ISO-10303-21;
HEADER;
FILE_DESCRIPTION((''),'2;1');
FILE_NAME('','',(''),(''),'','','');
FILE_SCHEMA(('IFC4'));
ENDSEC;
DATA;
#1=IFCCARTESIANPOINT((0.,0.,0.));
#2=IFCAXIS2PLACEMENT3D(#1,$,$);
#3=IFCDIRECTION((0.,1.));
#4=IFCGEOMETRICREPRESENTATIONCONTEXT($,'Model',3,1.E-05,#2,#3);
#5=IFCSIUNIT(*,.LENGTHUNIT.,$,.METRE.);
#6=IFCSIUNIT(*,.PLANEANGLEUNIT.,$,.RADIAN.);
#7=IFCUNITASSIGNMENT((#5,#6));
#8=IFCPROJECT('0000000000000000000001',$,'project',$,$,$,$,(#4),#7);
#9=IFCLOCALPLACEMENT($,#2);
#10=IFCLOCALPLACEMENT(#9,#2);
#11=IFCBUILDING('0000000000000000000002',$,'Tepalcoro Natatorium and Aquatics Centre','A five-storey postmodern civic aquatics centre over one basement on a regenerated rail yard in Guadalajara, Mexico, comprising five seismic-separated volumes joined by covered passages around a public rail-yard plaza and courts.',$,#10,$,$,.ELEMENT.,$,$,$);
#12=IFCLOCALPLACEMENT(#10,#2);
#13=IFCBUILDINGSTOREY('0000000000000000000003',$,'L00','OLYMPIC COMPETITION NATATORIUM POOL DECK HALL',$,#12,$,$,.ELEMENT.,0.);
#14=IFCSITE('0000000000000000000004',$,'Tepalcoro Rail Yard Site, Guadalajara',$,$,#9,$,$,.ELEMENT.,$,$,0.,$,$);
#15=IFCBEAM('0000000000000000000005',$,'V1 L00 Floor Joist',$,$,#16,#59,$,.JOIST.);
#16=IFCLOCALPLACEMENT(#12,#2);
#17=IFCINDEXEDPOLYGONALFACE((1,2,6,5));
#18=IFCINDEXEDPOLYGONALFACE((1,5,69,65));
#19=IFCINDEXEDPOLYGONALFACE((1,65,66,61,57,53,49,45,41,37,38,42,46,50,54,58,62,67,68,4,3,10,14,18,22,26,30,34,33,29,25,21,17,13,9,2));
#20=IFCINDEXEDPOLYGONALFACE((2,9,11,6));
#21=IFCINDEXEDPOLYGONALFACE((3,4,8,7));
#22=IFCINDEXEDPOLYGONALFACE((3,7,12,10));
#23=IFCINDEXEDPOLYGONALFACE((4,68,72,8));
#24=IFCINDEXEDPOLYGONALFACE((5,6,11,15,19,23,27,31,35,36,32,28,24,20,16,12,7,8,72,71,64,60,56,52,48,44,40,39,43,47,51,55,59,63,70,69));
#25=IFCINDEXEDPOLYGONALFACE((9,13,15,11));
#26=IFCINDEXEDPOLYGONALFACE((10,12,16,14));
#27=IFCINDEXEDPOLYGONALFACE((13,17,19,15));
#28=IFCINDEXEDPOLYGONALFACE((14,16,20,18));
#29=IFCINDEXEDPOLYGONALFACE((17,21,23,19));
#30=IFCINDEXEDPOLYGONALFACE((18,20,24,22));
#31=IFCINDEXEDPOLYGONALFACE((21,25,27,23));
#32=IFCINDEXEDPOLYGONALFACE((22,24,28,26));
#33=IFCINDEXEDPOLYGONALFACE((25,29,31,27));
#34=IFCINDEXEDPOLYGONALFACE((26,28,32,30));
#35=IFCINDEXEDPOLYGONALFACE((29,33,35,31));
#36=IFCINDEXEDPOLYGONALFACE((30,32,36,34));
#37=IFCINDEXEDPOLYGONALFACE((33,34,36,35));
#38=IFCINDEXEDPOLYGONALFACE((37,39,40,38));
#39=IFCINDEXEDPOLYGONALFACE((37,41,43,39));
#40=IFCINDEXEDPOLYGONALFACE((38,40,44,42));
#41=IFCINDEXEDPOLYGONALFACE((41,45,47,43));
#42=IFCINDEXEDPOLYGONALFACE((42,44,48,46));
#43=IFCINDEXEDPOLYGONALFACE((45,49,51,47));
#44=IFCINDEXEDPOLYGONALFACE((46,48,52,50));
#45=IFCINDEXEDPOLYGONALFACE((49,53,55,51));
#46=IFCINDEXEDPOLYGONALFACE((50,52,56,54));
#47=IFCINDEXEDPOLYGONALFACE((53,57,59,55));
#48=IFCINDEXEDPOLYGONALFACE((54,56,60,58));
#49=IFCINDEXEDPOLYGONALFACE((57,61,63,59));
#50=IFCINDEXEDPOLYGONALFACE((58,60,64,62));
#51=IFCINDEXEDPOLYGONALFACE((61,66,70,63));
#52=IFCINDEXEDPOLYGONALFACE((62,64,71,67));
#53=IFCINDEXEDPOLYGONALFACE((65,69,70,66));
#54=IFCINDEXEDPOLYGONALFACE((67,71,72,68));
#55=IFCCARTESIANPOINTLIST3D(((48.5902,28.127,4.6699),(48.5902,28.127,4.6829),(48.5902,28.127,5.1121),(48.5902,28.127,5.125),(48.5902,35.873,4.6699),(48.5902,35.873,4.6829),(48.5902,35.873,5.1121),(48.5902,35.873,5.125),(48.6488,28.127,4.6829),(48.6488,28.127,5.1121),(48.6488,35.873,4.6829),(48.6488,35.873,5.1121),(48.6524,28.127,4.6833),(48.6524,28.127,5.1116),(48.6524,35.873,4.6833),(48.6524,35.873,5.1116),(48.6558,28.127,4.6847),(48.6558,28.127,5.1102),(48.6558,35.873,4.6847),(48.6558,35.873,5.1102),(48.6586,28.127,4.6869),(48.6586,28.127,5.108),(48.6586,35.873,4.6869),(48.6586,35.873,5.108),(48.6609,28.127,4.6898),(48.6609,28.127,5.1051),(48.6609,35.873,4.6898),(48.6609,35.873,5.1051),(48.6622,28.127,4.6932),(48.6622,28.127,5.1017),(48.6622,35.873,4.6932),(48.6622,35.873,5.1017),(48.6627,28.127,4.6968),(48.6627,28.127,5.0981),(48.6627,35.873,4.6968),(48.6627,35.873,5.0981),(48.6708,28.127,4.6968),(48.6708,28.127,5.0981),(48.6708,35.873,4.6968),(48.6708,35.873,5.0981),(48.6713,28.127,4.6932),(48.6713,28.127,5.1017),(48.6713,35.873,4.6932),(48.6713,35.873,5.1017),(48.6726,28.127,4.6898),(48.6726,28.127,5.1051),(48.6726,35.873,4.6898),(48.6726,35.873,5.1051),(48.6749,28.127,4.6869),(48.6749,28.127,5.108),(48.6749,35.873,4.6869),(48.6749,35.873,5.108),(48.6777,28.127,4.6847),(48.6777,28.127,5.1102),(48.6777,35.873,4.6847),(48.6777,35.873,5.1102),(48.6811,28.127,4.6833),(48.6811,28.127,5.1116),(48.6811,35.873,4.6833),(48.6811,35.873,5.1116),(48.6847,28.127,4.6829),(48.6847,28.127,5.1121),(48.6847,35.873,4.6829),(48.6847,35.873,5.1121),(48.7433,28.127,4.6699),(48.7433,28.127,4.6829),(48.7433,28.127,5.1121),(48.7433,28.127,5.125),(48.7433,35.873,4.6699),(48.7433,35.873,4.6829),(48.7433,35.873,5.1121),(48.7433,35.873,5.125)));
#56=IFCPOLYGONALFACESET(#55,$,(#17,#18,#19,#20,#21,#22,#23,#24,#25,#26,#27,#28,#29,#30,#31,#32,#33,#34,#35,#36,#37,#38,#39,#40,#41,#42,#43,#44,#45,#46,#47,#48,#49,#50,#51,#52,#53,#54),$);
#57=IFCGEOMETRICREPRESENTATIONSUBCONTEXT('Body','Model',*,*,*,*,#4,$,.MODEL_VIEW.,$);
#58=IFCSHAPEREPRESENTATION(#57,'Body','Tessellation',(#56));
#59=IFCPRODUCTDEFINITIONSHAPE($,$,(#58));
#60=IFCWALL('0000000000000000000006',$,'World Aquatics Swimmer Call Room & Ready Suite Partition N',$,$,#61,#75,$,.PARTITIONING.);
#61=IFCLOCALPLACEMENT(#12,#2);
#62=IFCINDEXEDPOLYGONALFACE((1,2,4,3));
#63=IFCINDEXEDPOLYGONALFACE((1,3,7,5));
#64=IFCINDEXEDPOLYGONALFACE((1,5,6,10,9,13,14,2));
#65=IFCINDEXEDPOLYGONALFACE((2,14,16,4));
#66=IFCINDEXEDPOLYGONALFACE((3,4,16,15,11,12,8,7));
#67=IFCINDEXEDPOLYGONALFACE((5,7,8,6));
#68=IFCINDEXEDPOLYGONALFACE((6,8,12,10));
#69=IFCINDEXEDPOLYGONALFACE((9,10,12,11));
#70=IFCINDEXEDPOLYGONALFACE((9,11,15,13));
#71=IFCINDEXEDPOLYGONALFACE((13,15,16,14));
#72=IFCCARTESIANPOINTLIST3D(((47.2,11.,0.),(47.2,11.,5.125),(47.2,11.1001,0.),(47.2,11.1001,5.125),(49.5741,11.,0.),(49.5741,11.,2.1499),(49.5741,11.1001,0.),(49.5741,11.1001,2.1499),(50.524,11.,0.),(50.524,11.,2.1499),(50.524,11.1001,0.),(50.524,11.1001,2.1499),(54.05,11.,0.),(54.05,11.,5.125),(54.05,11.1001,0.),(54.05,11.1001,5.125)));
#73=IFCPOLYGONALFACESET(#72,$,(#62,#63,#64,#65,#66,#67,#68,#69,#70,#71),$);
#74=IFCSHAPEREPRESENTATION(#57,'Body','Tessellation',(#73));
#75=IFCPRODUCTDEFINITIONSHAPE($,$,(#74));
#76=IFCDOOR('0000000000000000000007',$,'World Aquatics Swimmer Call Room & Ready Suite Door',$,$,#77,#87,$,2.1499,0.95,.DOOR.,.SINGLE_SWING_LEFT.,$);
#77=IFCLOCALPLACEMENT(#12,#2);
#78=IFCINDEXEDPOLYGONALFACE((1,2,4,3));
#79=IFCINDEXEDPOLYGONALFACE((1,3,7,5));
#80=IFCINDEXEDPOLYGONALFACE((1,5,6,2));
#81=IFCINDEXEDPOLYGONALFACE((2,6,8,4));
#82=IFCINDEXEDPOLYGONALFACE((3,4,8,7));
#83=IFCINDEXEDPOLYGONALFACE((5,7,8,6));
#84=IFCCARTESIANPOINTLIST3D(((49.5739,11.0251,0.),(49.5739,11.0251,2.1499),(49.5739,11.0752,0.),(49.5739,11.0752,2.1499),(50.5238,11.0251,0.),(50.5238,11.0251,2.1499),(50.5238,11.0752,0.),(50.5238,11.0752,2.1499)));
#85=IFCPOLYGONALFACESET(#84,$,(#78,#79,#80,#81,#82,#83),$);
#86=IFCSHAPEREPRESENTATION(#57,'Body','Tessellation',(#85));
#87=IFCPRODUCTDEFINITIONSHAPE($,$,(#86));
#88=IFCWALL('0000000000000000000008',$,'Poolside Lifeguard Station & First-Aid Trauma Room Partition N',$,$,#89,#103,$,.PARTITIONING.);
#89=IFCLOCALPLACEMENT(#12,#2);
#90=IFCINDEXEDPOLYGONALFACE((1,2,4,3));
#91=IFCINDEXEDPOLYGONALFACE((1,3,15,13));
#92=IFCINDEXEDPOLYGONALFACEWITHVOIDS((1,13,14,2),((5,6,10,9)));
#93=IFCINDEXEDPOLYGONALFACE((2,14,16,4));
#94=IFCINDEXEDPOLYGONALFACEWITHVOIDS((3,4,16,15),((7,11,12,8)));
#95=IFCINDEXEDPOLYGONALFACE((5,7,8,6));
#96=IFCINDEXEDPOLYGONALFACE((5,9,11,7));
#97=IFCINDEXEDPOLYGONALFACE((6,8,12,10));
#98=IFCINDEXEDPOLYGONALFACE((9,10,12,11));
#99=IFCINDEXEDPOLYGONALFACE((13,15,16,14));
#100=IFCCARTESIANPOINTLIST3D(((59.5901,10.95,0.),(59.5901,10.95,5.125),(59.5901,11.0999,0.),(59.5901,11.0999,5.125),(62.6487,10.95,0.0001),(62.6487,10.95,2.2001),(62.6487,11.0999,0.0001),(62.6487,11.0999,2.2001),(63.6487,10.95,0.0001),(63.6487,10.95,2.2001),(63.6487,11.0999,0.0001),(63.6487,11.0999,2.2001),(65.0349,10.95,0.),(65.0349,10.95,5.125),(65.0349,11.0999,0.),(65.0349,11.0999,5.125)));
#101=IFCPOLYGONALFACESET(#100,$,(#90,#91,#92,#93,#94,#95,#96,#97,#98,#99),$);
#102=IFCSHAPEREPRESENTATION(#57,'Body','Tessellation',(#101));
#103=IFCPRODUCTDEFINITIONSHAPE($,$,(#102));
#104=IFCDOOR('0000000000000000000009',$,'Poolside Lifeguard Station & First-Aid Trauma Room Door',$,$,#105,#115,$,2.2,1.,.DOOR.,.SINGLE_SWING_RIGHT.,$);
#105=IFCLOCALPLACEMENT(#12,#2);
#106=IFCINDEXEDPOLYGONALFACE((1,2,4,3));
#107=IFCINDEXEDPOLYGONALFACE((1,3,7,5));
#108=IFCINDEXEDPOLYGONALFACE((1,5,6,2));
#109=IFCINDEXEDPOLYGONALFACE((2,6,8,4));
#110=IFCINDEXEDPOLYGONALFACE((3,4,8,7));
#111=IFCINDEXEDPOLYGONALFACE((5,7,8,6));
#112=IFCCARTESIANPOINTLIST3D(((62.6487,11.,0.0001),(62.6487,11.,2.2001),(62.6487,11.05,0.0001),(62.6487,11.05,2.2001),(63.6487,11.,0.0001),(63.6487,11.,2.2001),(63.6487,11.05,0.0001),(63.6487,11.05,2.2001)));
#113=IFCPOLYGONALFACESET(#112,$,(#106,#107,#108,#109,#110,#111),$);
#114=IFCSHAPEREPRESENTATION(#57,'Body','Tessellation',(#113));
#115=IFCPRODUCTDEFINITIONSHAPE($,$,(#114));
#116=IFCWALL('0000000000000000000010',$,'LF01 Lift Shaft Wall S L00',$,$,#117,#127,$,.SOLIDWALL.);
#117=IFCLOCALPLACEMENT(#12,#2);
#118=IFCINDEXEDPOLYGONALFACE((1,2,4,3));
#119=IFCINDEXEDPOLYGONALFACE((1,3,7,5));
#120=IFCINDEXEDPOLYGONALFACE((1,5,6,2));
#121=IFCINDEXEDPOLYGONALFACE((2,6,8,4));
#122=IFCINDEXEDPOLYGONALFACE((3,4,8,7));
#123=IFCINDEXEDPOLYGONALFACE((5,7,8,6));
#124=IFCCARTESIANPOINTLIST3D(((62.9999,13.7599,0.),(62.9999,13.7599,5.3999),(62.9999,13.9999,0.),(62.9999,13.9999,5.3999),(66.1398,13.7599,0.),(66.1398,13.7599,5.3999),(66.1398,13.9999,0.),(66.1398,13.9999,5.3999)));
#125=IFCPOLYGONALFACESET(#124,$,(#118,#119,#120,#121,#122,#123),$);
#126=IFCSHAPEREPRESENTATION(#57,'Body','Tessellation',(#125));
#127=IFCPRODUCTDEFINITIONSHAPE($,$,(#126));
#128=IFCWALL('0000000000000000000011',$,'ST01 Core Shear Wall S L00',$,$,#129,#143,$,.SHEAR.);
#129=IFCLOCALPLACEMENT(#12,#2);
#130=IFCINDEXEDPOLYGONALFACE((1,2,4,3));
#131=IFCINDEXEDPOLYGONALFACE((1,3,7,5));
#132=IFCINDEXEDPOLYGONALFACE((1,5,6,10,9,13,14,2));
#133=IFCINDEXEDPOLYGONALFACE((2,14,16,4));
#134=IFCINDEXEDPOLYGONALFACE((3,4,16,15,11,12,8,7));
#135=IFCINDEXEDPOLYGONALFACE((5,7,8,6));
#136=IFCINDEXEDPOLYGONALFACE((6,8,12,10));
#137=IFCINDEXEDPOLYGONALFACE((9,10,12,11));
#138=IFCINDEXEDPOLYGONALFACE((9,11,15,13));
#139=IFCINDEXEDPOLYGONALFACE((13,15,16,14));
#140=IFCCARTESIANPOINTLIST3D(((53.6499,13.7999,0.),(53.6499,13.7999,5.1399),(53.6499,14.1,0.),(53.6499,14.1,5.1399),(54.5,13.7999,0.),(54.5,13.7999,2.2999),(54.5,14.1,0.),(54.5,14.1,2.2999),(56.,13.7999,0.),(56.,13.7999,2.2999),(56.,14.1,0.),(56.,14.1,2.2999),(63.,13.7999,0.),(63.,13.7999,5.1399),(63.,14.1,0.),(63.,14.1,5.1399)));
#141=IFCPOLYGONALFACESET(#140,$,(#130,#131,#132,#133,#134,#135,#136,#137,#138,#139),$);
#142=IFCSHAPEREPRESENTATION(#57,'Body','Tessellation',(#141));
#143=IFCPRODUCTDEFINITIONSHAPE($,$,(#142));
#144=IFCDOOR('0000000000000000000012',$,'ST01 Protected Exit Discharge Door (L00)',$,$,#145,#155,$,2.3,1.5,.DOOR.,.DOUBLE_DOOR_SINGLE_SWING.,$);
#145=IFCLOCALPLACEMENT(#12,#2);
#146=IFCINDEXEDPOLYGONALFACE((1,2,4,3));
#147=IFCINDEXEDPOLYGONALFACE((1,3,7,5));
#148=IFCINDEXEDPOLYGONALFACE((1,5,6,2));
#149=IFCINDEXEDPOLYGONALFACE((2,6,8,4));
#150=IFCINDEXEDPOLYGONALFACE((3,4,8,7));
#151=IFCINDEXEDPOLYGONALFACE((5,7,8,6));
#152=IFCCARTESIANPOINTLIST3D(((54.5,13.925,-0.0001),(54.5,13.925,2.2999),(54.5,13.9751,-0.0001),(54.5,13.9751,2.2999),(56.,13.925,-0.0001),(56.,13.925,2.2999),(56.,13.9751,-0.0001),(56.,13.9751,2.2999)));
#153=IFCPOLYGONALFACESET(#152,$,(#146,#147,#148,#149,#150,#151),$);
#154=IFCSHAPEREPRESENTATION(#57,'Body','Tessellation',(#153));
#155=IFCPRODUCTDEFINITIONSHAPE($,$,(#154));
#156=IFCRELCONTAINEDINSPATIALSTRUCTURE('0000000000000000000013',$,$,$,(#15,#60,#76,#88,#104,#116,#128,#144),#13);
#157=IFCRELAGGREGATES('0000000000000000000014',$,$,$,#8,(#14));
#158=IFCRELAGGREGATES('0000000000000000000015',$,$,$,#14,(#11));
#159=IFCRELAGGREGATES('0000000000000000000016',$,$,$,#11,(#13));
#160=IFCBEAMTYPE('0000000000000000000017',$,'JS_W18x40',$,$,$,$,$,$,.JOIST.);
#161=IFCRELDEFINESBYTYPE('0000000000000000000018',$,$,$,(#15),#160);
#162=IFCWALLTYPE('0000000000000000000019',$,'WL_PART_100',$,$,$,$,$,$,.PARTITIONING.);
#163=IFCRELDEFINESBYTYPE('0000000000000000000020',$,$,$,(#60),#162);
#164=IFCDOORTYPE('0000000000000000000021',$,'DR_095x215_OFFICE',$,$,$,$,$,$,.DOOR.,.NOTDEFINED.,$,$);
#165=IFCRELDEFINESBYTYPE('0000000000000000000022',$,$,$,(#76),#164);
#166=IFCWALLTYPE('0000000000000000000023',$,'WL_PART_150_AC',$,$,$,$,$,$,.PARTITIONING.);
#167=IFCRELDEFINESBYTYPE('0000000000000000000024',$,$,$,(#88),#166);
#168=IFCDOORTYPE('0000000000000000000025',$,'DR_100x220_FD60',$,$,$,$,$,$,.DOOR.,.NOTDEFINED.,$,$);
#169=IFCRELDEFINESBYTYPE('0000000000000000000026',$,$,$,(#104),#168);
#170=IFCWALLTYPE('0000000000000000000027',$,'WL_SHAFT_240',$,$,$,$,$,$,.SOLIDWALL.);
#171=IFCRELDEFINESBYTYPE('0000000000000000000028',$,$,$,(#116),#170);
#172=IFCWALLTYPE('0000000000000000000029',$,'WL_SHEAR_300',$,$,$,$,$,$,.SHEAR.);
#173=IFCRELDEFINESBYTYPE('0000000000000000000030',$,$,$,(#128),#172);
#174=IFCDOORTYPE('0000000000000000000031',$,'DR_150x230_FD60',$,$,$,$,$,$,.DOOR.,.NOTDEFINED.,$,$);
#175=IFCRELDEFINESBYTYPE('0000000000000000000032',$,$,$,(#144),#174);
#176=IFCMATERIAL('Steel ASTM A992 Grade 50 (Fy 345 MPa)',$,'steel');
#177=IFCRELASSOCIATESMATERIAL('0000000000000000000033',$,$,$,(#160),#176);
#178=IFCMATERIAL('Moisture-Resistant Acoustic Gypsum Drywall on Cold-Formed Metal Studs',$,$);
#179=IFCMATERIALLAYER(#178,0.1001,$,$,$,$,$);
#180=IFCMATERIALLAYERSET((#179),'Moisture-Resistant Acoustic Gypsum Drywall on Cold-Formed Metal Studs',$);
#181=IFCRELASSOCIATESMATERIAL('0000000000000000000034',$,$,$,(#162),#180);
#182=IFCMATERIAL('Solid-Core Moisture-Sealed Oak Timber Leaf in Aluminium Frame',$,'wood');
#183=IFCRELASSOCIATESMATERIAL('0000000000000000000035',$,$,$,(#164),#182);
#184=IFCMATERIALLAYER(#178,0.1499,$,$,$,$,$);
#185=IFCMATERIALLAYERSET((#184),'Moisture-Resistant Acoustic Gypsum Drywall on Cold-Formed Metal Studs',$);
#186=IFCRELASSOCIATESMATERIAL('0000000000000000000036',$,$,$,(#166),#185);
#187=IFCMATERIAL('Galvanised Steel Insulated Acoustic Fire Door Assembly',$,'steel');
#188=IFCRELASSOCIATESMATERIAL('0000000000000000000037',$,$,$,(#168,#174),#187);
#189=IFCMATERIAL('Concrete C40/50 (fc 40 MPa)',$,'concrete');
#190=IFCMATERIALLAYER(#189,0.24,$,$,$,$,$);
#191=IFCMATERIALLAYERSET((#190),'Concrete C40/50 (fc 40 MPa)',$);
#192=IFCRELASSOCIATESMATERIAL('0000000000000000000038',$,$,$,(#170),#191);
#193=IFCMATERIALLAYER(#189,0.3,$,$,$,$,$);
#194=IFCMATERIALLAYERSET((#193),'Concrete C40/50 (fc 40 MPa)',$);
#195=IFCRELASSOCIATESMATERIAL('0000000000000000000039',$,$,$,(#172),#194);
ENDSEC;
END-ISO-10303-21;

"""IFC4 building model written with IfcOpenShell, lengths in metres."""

from ifc_helpers import new_model, si_unit, direction, frame, frame_2d, origin, origin_2d, place, context, subcontext, project, spatial, rectangle, i_section, extrude, material, layer, layer_set, material_profile, profile_set, type_object, element, fill, save


model = new_model("IFC4")

# Units and contexts
model_context = context("Model", 3, precision=1e-05, world=origin(), true_north=direction((0.0, 1.0)))
body_context = subcontext(model_context, "Body", "Model", "MODEL_VIEW")
ifc_project = project(units=[si_unit("LENGTHUNIT", "METRE"), si_unit("PLANEANGLEUNIT", "RADIAN")], contexts=[model_context])

# Site, building, storey
site_placement = place(None, origin())
site = spatial("IfcSite", under=ifc_project, at=site_placement, Name="Tepalcoro Rail Yard Site, Guadalajara", CompositionType="ELEMENT", RefElevation=0.0)
building_placement = place(site_placement, origin())
building = spatial("IfcBuilding", under=site, at=building_placement, Name="Tepalcoro Natatorium and Aquatics Centre", Description="A five-storey postmodern civic aquatics centre over one basement on a regenerated rail yard in Guadalajara, Mexico, comprising five seismic-separated volumes joined by covered passages around a public rail-yard plaza and courts.", CompositionType="ELEMENT")
storey_placement = place(building_placement, origin())
storey = spatial("IfcBuildingStorey", under=building, at=storey_placement, Name="L00", Description="OLYMPIC COMPETITION NATATORIUM POOL DECK HALL", CompositionType="ELEMENT", Elevation=0.0)

# Shared definitions
ifc_material_1 = material(Name="Concrete C40/50 (fc 40 MPa)", Category="concrete")

# Beam
ifc_material_2 = material(Name="Steel ASTM A992 Grade 50 (Fy 345 MPa)", Category="steel")
ifc_material_profile_1 = material_profile(ifc_material_2, i_section(OverallWidth=0.1531, OverallDepth=0.4551, WebThickness=0.0081, FlangeThickness=0.0129, FilletRadius=0.0139, at=origin_2d()), Name="W18X40")
ifc_profile_set_1 = profile_set([ifc_material_profile_1], Name="Steel ASTM A992 Grade 50 (Fy 345 MPa)")
beam_type_1 = type_object("IfcBeamType", Name="JS_W18x40", PredefinedType="JOIST", material=ifc_profile_set_1)
beam_1_placement = place(storey_placement, frame((48.6667, 28.127, 4.8975), z_axis=(0.0, 1.0, 0.0), x_axis=(-1.0, 0.0, 0.0)))
element("IfcBeam", 1, at=beam_1_placement, inside=storey, type_object=beam_type_1, Name="V1 L00 Floor Joist", PredefinedType="JOIST", context=body_context, shape_type="SweptSolid", body=[
    extrude(i_section(OverallWidth=0.1531, OverallDepth=0.4551, WebThickness=0.0081, FlangeThickness=0.0129, FilletRadius=0.0139, at=origin_2d()), origin(), (0.0, 0.0, 1.0), 7.7461),
])

# Walls, openings, doors
ifc_material_3 = material(Name="Moisture-Resistant Acoustic Gypsum Drywall on Cold-Formed Metal Studs")
ifc_layer_1 = layer(ifc_material_3, 0.1001)
ifc_layer_set_1 = layer_set([ifc_layer_1], Name="Moisture-Resistant Acoustic Gypsum Drywall on Cold-Formed Metal Studs")
wall_type_1 = type_object("IfcWallType", Name="WL_PART_100", PredefinedType="PARTITIONING", material=ifc_layer_set_1)
wall_1_placement = place(storey_placement, frame((47.2, 11.05, 0.0), z_axis=(0.0, 0.0, 1.0), x_axis=(1.0, 0.0, 0.0)))
wall_1 = element("IfcWall", 2, at=wall_1_placement, inside=storey, type_object=wall_type_1, Name="World Aquatics Swimmer Call Room & Ready Suite Partition N", PredefinedType="PARTITIONING", context=body_context, shape_type="SweptSolid", body=[
    extrude(rectangle(XDim=6.8501, YDim=0.1001, at=frame_2d((3.425, 0.0))), origin(), (0.0, 0.0, 1.0), 5.125),
])
opening_1_placement = place(wall_1_placement, frame((2.374, 0.0, 0.0)))
opening_1 = element("IfcOpeningElement", 3, at=opening_1_placement, cuts=wall_1, PredefinedType="OPENING", context=body_context, shape_type="SweptSolid", body=[
    extrude(rectangle(XDim=0.95, YDim=2.1499, at=frame_2d((0.4751, 1.075))), frame((0.0, 0.062, 0.0), z_axis=(0.0, -1.0, 0.0), x_axis=(1.0, 0.0, 0.0)), (0.0, 0.0, 1.0), 0.124),
])
ifc_material_4 = material(Name="Solid-Core Moisture-Sealed Oak Timber Leaf in Aluminium Frame", Category="wood")
door_type_1 = type_object("IfcDoorType", Name="DR_095x215_OFFICE", OperationType="NOTDEFINED", PredefinedType="DOOR", material=ifc_material_4)
door_1_placement = place(opening_1_placement, frame((0.95, 0.0, 0.0), z_axis=(0.0, 0.0, 1.0), x_axis=(-1.0, 0.0, 0.0)))
door_1 = element("IfcDoor", 4, at=door_1_placement, inside=storey, type_object=door_type_1, Name="World Aquatics Swimmer Call Room & Ready Suite Door", OperationType="SINGLE_SWING_LEFT", OverallHeight=2.1499, OverallWidth=0.95, PredefinedType="DOOR", context=body_context, shape_type="SweptSolid", body=[
    extrude(rectangle(XDim=0.95, YDim=2.1499, at=frame_2d((0.4751, 1.075))), frame((0.0, 0.0249, 0.0), z_axis=(0.0, -1.0, 0.0), x_axis=(1.0, 0.0, 0.0)), (0.0, 0.0, 1.0), 0.05),
])
fill(opening_1, door_1)
ifc_layer_2 = layer(ifc_material_3, 0.1499)
ifc_layer_set_2 = layer_set([ifc_layer_2], Name="Moisture-Resistant Acoustic Gypsum Drywall on Cold-Formed Metal Studs")
wall_type_2 = type_object("IfcWallType", Name="WL_PART_150_AC", PredefinedType="PARTITIONING", material=ifc_layer_set_2)
wall_2_placement = place(storey_placement, frame((59.5901, 11.0249, 0.0), z_axis=(0.0, 0.0, 1.0), x_axis=(1.0, 0.0, 0.0)))
wall_2 = element("IfcWall", 5, at=wall_2_placement, inside=storey, type_object=wall_type_2, Name="Poolside Lifeguard Station & First-Aid Trauma Room Partition N", PredefinedType="PARTITIONING", context=body_context, shape_type="SweptSolid", body=[
    extrude(rectangle(XDim=5.4448, YDim=0.1499, at=frame_2d((2.7224, 0.0))), origin(), (0.0, 0.0, 1.0), 5.125),
])
opening_2_placement = place(wall_2_placement, frame((3.0586, 0.0, 0.0)))
opening_2 = element("IfcOpeningElement", 6, at=opening_2_placement, cuts=wall_2, PredefinedType="OPENING", context=body_context, shape_type="SweptSolid", body=[
    extrude(rectangle(XDim=1.0, YDim=2.2, at=frame_2d((0.5, 1.1001))), frame((0.0, 0.0869, 0.0), z_axis=(0.0, -1.0, 0.0), x_axis=(1.0, 0.0, 0.0)), (0.0, 0.0, 1.0), 0.1738),
])
ifc_material_5 = material(Name="Galvanised Steel Insulated Acoustic Fire Door Assembly", Category="steel")
door_type_2 = type_object("IfcDoorType", Name="DR_100x220_FD60", OperationType="NOTDEFINED", PredefinedType="DOOR", material=ifc_material_5)
door_2_placement = place(opening_2_placement, frame((1.0, 0.0, 0.0), z_axis=(0.0, 0.0, 1.0), x_axis=(-1.0, 0.0, 0.0)))
door_2 = element("IfcDoor", 7, at=door_2_placement, inside=storey, type_object=door_type_2, Name="Poolside Lifeguard Station & First-Aid Trauma Room Door", OperationType="SINGLE_SWING_RIGHT", OverallHeight=2.2, OverallWidth=1.0, PredefinedType="DOOR", context=body_context, shape_type="SweptSolid", body=[
    extrude(rectangle(XDim=1.0, YDim=2.2, at=frame_2d((0.5, 1.1001))), frame((0.0, 0.0249, 0.0), z_axis=(0.0, -1.0, 0.0), x_axis=(1.0, 0.0, 0.0)), (0.0, 0.0, 1.0), 0.05),
])
fill(opening_2, door_2)

# Wall
ifc_layer_3 = layer(ifc_material_1, 0.24)
ifc_layer_set_3 = layer_set([ifc_layer_3], Name="Concrete C40/50 (fc 40 MPa)")
wall_type_3 = type_object("IfcWallType", Name="WL_SHAFT_240", PredefinedType="SOLIDWALL", material=ifc_layer_set_3)
wall_3_placement = place(storey_placement, frame((63.0, 13.8799, 0.0), z_axis=(0.0, 0.0, 1.0), x_axis=(1.0, 0.0, 0.0)))
element("IfcWall", 8, at=wall_3_placement, inside=storey, type_object=wall_type_3, Name="LF01 Lift Shaft Wall S L00", PredefinedType="SOLIDWALL", context=body_context, shape_type="SweptSolid", body=[
    extrude(rectangle(XDim=3.1399, YDim=0.24, at=frame_2d((1.5698, 0.0))), origin(), (0.0, 0.0, 1.0), 5.3999),
])

# Wall, opening, door
ifc_layer_4 = layer(ifc_material_1, 0.3)
ifc_layer_set_4 = layer_set([ifc_layer_4], Name="Concrete C40/50 (fc 40 MPa)")
wall_type_4 = type_object("IfcWallType", Name="WL_SHEAR_300", PredefinedType="SHEAR", material=ifc_layer_set_4)
wall_4_placement = place(storey_placement, frame((53.6499, 13.95, 0.0), z_axis=(0.0, 0.0, 1.0), x_axis=(1.0, 0.0, 0.0)))
wall_4 = element("IfcWall", 9, at=wall_4_placement, inside=storey, type_object=wall_type_4, Name="ST01 Core Shear Wall S L00", PredefinedType="SHEAR", context=body_context, shape_type="SweptSolid", body=[
    extrude(rectangle(XDim=9.3501, YDim=0.3, at=frame_2d((4.675, 0.0))), origin(), (0.0, 0.0, 1.0), 5.1399),
])
opening_3_placement = place(wall_4_placement, frame((0.8501, 0.0, 0.0)))
opening_3 = element("IfcOpeningElement", 10, at=opening_3_placement, cuts=wall_4, PredefinedType="OPENING", context=body_context, shape_type="SweptSolid", body=[
    extrude(rectangle(XDim=1.5, YDim=2.3, at=frame_2d((0.75, 1.1499))), frame((0.0, 0.1621, 0.0), z_axis=(0.0, -1.0, 0.0), x_axis=(1.0, 0.0, 0.0)), (0.0, 0.0, 1.0), 0.324),
])
door_type_3 = type_object("IfcDoorType", Name="DR_150x230_FD60", OperationType="NOTDEFINED", PredefinedType="DOOR", material=ifc_material_5)
door_3_placement = place(opening_3_placement, frame((1.5, 0.0, 0.0), z_axis=(0.0, 0.0, 1.0), x_axis=(-1.0, 0.0, 0.0)))
door_3 = element("IfcDoor", 11, at=door_3_placement, inside=storey, type_object=door_type_3, Name="ST01 Protected Exit Discharge Door (L00)", OperationType="DOUBLE_DOOR_SINGLE_SWING", OverallHeight=2.3, OverallWidth=1.5, PredefinedType="DOOR", context=body_context, shape_type="SweptSolid", body=[
    extrude(rectangle(XDim=1.5, YDim=2.3, at=frame_2d((0.75, 1.1499))), frame((0.0, 0.0249, 0.0), z_axis=(0.0, -1.0, 0.0), x_axis=(1.0, 0.0, 0.0)), (0.0, 0.0, 1.0), 0.05),
])
fill(opening_3, door_3)

save(model, "model.ifc")
